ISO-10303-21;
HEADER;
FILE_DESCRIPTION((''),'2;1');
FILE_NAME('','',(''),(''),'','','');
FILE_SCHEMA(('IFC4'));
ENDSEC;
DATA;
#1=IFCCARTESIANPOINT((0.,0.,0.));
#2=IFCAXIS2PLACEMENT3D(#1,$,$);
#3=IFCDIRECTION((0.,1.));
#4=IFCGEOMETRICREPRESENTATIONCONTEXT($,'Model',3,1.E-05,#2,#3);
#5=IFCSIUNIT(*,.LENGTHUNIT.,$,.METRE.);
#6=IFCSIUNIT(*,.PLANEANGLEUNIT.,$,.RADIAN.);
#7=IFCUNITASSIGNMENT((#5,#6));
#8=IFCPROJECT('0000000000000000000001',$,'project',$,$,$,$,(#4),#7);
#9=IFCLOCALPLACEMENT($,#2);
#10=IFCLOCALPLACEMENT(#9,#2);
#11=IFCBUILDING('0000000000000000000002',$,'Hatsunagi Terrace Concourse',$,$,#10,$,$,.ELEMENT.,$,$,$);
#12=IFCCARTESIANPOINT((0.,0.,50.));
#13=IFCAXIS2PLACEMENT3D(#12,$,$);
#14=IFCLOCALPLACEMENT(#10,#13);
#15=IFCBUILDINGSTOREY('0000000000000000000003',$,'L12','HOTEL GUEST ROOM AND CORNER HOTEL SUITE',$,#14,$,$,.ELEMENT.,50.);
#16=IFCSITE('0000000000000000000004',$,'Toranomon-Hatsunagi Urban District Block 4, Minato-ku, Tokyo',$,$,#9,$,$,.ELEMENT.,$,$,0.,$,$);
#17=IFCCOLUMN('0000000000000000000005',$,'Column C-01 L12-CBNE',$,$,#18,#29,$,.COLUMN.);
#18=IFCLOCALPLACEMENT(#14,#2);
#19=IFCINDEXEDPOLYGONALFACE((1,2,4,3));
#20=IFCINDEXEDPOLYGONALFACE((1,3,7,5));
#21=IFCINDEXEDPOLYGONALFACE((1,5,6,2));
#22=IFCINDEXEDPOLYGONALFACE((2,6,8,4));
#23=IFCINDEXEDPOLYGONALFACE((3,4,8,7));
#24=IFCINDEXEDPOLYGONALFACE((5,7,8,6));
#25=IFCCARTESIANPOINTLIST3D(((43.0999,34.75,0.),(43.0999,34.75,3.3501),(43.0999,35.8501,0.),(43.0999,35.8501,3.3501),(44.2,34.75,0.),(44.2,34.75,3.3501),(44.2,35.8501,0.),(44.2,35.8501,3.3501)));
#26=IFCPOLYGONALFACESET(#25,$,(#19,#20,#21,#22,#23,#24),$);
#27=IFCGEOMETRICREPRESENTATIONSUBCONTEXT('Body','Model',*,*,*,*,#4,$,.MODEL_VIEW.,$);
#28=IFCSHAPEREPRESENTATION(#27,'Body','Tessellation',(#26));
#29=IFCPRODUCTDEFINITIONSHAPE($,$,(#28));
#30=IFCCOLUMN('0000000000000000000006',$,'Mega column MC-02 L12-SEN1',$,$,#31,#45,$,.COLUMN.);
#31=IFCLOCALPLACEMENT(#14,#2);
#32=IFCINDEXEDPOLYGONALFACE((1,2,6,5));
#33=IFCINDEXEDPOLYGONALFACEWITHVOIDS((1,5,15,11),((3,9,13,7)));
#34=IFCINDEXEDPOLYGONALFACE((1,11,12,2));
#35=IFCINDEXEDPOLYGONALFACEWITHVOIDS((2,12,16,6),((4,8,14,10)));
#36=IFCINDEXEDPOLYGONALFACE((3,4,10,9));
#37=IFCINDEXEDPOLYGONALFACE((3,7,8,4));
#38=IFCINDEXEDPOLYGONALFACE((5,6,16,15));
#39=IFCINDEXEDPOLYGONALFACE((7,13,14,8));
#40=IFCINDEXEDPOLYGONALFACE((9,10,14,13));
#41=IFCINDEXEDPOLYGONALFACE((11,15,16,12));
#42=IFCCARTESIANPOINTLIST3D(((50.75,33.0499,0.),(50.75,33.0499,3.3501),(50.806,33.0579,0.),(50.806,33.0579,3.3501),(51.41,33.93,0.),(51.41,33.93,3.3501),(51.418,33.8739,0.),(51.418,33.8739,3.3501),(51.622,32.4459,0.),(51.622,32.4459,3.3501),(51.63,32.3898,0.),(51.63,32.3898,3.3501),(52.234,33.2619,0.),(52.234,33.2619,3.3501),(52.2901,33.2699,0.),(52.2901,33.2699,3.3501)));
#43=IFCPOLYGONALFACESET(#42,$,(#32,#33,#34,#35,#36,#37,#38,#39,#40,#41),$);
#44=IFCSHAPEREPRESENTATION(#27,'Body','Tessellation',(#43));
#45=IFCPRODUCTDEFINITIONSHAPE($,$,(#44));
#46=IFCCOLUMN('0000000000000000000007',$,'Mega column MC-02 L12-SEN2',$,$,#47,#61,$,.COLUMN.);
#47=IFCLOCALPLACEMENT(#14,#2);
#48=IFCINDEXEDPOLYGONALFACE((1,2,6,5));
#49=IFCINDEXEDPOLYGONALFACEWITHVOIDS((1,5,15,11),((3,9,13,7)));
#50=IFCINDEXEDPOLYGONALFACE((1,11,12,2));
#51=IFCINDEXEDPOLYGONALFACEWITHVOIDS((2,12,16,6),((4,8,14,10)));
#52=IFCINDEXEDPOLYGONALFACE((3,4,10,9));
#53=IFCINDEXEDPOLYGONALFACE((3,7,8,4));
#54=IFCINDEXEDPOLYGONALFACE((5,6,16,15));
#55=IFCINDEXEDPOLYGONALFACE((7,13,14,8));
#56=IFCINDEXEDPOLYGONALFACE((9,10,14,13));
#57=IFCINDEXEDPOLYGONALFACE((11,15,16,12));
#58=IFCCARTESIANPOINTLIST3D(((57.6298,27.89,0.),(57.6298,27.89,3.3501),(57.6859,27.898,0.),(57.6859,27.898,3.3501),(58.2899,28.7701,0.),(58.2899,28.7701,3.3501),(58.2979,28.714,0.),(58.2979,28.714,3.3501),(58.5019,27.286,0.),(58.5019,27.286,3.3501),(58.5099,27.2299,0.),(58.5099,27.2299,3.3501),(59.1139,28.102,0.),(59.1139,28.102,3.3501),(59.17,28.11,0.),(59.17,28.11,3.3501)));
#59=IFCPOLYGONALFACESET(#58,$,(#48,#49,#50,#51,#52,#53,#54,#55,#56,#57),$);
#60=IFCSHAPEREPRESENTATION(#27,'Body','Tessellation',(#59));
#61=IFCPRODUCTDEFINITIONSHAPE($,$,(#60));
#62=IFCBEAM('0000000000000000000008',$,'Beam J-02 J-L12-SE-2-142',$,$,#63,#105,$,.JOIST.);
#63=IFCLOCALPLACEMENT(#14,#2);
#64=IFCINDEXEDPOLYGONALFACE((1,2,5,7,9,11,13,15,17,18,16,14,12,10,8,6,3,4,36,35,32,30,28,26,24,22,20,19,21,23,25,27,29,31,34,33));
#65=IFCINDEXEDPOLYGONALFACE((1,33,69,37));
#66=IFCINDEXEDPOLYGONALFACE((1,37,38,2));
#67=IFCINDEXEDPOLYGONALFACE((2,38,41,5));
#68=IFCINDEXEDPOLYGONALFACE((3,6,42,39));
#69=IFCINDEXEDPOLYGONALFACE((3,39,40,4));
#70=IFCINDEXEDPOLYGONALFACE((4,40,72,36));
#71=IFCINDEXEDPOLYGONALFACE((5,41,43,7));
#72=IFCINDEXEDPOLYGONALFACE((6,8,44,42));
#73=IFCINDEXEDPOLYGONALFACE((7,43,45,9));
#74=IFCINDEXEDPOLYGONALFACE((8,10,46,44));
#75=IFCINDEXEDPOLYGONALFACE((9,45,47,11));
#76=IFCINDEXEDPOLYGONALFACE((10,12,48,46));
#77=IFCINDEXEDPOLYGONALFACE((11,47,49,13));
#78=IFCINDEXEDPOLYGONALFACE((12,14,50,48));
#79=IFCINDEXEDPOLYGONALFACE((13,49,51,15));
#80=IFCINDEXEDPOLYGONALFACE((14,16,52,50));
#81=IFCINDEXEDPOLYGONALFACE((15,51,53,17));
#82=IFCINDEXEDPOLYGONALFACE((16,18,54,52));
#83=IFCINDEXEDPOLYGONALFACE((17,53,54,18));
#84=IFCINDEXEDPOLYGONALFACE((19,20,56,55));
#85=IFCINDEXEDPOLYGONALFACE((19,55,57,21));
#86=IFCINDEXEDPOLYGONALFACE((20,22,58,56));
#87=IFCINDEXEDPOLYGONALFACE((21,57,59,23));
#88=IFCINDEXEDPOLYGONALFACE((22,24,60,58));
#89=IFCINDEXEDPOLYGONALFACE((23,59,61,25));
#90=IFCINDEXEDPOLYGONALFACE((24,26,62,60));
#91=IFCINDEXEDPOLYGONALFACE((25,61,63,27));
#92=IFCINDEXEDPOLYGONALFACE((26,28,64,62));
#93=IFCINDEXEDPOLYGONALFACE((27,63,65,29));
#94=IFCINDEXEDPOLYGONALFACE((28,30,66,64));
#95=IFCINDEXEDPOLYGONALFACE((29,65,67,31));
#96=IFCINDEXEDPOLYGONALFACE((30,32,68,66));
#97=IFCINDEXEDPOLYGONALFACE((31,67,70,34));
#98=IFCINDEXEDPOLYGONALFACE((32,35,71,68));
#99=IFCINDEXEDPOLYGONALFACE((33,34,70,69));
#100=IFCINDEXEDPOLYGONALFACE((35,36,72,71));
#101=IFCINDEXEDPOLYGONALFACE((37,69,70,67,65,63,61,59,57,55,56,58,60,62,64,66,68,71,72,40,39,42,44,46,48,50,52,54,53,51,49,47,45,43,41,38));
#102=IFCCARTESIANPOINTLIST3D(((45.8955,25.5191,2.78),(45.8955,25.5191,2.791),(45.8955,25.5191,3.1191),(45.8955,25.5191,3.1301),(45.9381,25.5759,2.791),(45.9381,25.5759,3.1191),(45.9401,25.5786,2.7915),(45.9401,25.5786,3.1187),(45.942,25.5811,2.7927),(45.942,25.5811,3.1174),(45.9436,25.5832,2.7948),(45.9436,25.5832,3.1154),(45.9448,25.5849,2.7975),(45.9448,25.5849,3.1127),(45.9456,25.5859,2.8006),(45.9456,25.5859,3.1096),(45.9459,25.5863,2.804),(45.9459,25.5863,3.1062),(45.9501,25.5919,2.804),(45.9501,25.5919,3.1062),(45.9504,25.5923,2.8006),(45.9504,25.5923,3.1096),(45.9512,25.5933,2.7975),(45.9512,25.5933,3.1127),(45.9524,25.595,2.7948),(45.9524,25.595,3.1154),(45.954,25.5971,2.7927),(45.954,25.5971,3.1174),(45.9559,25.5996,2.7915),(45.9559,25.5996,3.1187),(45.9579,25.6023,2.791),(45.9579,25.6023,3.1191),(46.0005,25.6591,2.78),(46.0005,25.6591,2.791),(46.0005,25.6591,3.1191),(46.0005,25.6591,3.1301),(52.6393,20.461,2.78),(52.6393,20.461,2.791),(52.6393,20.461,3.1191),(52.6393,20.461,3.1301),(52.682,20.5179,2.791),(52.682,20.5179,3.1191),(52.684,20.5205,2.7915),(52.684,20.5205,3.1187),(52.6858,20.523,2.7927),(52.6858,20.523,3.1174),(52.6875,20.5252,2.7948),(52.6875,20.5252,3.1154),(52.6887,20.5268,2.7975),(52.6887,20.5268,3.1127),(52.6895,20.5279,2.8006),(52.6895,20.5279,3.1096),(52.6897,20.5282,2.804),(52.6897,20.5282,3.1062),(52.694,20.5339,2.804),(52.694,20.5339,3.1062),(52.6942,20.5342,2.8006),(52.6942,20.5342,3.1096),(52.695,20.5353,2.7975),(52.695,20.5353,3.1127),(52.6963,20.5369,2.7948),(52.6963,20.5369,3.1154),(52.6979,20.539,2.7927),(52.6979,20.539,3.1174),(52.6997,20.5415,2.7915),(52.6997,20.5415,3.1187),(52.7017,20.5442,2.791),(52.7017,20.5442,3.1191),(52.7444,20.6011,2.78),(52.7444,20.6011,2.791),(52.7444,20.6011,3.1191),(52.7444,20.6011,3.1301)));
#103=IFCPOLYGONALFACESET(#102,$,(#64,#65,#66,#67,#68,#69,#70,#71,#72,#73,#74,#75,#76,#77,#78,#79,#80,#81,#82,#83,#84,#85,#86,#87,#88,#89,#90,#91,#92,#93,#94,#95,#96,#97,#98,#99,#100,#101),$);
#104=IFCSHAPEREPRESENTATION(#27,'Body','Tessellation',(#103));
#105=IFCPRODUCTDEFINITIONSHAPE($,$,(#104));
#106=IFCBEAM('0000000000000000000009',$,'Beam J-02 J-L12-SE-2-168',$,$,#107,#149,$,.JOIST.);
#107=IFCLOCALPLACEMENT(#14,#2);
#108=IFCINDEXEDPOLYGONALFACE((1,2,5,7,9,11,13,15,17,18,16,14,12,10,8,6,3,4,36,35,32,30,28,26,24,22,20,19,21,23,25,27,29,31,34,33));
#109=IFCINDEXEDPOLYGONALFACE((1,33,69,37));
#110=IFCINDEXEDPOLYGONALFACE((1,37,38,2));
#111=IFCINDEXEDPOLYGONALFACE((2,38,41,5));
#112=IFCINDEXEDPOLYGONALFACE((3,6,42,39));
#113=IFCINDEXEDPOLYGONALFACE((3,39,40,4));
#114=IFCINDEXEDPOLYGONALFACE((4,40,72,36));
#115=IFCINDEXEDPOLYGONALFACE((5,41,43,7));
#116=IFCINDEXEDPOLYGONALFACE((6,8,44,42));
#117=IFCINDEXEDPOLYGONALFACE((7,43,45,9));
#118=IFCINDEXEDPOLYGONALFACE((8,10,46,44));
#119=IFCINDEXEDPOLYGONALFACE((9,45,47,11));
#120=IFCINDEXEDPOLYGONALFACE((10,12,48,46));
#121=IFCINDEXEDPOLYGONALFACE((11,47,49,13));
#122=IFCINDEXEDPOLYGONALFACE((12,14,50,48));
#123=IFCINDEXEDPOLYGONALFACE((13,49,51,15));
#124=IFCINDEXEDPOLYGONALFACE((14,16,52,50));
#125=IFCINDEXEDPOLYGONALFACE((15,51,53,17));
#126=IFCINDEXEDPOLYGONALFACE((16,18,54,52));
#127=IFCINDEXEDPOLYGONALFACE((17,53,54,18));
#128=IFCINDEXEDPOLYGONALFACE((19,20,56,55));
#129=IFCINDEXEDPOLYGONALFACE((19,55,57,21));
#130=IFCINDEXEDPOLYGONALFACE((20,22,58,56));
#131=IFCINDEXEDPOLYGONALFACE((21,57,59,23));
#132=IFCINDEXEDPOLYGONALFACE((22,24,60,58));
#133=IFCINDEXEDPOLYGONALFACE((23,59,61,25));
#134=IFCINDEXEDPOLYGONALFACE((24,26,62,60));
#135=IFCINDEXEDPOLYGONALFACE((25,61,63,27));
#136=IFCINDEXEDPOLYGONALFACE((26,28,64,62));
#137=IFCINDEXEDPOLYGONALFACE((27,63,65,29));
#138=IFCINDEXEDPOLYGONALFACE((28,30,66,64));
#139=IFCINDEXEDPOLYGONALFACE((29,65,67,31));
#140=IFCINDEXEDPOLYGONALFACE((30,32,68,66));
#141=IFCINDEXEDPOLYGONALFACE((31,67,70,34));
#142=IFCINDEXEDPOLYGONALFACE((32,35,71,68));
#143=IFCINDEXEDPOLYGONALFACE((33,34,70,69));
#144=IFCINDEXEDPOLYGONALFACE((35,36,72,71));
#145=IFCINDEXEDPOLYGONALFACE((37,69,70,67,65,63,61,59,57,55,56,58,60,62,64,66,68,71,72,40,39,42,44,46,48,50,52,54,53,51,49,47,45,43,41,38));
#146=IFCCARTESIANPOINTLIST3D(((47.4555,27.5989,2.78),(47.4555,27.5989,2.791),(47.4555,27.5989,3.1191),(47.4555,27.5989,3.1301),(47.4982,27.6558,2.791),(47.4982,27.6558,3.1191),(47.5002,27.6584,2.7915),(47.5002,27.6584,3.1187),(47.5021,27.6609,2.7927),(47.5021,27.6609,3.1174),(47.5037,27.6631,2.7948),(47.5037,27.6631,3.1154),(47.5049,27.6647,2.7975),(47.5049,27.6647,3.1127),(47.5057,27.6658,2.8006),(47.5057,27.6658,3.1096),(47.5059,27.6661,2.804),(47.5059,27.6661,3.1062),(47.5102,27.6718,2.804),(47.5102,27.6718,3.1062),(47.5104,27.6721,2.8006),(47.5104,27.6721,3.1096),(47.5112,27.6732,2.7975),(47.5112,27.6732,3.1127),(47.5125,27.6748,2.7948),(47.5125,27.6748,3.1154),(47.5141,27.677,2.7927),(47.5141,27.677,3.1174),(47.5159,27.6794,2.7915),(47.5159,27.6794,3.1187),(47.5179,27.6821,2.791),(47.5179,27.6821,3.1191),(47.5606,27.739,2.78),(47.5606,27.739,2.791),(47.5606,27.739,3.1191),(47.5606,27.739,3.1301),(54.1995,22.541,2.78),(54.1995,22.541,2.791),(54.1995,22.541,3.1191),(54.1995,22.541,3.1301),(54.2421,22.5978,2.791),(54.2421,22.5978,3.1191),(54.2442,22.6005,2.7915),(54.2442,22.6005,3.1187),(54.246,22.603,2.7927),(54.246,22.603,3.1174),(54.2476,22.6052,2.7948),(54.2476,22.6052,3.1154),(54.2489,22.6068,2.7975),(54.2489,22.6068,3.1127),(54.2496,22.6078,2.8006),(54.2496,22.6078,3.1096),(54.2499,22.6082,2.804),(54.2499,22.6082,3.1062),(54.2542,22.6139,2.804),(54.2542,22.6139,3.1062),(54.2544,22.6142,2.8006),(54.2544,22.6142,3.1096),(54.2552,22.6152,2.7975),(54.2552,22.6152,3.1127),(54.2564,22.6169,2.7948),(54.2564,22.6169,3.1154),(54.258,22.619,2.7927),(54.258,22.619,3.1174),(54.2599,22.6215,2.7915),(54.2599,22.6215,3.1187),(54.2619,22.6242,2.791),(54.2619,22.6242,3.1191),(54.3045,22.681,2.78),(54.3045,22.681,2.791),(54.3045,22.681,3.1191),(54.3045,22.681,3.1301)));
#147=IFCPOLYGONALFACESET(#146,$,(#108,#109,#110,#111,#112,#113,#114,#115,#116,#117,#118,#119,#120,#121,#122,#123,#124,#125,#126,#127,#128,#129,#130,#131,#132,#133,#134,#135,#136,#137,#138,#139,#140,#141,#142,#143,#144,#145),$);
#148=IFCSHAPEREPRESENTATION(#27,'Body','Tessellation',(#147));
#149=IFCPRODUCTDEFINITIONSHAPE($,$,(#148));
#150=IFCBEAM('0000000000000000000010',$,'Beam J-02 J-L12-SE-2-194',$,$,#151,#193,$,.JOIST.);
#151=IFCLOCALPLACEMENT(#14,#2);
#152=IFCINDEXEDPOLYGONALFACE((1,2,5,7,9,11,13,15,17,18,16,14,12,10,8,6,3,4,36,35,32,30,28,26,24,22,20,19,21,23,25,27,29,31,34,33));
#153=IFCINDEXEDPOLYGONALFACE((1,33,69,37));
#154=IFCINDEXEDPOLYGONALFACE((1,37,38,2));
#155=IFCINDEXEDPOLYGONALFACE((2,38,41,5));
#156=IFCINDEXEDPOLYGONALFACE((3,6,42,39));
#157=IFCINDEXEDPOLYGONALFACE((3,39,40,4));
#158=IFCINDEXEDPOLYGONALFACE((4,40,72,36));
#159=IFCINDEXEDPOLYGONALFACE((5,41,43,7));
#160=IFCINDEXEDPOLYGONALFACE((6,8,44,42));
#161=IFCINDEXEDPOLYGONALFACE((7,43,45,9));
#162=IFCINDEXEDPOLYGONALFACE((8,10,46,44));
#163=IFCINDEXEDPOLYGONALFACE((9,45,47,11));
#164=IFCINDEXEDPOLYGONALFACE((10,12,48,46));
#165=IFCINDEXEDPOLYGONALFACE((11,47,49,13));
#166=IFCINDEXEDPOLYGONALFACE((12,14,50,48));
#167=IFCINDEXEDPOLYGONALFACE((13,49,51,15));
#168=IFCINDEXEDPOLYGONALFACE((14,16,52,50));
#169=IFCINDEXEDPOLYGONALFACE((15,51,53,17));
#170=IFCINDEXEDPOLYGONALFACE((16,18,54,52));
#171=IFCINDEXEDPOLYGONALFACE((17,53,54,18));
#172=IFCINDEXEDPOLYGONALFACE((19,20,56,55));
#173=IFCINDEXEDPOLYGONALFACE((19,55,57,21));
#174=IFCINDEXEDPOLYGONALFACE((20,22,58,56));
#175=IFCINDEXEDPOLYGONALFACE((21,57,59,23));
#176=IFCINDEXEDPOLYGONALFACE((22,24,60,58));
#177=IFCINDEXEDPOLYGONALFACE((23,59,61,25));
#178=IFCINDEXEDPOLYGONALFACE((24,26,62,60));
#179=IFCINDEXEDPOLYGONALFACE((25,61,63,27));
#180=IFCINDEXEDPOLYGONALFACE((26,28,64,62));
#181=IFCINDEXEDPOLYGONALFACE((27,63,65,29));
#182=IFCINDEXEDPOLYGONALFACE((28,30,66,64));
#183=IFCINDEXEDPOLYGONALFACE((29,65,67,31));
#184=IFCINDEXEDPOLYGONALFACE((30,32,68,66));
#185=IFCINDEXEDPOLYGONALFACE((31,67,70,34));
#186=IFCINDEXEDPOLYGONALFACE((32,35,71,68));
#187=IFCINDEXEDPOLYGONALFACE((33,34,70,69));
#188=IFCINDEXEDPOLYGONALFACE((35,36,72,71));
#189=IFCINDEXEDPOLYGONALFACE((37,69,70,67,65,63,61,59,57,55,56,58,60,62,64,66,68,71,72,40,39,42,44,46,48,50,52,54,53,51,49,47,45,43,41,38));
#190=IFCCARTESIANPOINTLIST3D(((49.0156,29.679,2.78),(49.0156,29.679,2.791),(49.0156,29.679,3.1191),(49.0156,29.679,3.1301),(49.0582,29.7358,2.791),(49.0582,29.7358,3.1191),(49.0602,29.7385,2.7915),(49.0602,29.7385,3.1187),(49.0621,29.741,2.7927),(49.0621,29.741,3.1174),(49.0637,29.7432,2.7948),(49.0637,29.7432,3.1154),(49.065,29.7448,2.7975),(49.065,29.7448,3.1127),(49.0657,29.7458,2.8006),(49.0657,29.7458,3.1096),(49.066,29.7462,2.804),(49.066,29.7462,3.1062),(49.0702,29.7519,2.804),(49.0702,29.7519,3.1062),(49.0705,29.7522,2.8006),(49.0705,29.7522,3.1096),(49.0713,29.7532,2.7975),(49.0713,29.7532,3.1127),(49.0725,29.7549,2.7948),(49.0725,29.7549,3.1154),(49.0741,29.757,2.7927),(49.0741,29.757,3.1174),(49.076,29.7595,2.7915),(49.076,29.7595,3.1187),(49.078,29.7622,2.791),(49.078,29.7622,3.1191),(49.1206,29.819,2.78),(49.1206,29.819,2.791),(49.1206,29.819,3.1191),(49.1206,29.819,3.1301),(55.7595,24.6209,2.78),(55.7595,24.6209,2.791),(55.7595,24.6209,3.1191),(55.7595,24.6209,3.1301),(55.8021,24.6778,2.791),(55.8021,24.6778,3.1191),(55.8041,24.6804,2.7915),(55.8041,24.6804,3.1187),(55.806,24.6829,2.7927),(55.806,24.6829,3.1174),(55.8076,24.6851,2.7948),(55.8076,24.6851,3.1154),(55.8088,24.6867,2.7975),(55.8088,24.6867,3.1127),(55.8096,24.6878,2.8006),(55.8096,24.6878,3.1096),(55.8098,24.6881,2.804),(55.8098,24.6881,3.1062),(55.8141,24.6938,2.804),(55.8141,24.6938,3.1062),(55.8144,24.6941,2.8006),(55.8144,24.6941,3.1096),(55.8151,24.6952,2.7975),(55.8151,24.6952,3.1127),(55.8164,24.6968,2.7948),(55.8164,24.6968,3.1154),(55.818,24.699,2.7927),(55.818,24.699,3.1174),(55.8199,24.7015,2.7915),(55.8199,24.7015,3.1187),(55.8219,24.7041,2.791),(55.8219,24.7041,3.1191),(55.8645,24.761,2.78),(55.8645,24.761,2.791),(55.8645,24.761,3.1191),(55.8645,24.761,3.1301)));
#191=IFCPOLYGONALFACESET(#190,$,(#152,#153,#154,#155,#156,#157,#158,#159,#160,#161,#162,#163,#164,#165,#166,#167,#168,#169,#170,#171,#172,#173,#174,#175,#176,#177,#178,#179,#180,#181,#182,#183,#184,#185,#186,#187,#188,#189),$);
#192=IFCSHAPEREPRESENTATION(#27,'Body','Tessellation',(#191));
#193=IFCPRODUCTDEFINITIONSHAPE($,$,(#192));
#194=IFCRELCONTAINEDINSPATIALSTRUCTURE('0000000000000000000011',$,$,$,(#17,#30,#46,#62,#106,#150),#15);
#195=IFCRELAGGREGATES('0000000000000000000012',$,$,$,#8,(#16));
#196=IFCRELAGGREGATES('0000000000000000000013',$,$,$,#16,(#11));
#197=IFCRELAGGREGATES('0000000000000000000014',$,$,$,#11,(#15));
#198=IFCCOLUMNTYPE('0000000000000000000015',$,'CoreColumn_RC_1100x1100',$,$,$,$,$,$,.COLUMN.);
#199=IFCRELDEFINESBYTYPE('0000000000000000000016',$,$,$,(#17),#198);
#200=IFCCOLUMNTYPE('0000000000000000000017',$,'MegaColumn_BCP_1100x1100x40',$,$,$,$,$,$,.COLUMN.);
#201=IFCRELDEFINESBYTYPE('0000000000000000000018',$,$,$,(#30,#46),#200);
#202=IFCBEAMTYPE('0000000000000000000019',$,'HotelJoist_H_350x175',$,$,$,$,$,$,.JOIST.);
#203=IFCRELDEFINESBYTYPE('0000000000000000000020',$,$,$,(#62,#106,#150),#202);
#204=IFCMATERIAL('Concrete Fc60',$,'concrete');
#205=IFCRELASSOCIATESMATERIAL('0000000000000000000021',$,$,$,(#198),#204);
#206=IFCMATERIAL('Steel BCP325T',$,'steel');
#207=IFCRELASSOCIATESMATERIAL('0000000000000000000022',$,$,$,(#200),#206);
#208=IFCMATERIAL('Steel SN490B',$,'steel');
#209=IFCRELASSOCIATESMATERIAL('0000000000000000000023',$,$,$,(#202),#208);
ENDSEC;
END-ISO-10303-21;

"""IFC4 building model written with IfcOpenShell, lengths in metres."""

from ifc_helpers import new_model, si_unit, direction, frame, origin, origin_2d, place, context, subcontext, project, spatial, rectangle, hollow_rectangle, i_section, extrude, material, material_profile, profile_set, type_object, element, save


model = new_model("IFC4")

# Units and contexts
model_context = context("Model", 3, precision=1e-05, world=origin(), true_north=direction((0.0, 1.0)))
body_context = subcontext(model_context, "Body", "Model", "MODEL_VIEW")
ifc_project = project(units=[si_unit("LENGTHUNIT", "METRE"), si_unit("PLANEANGLEUNIT", "RADIAN")], contexts=[model_context])

# Site, building, storey
site_placement = place(None, origin())
site = spatial("IfcSite", under=ifc_project, at=site_placement, Name="Toranomon-Hatsunagi Urban District Block 4, Minato-ku, Tokyo", CompositionType="ELEMENT", RefElevation=0.0)
building_placement = place(site_placement, origin())
building = spatial("IfcBuilding", under=site, at=building_placement, Name="Hatsunagi Terrace Concourse", CompositionType="ELEMENT")
storey_placement = place(building_placement, frame((0.0, 0.0, 50.0)))
storey = spatial("IfcBuildingStorey", under=building, at=storey_placement, Name="L12", Description="HOTEL GUEST ROOM AND CORNER HOTEL SUITE", CompositionType="ELEMENT", Elevation=50.0)

# Columns
ifc_material_1 = material(Name="Concrete Fc60", Category="concrete")
ifc_material_profile_1 = material_profile(ifc_material_1, rectangle(XDim=1.1001, YDim=1.1001, at=origin_2d()), Name="RC-1100x1100")
ifc_profile_set_1 = profile_set([ifc_material_profile_1], Name="Concrete Fc60")
column_type_1 = type_object("IfcColumnType", Name="CoreColumn_RC_1100x1100", PredefinedType="COLUMN", material=ifc_profile_set_1)
column_placement = place(storey_placement, frame((43.6499, 35.3, 0.0), z_axis=(0.0, 0.0, 1.0), x_axis=(1.0, 0.0, 0.0)))
element("IfcColumn", 1, at=column_placement, inside=storey, type_object=column_type_1, Name="Column C-01 L12-CBNE", PredefinedType="COLUMN", context=body_context, shape_type="SweptSolid", body=[
    extrude(rectangle(XDim=1.1001, YDim=1.1001, at=origin_2d()), origin(), (0.0, 0.0, 1.0), 3.3501),
])
ifc_material_2 = material(Name="Steel BCP325T", Category="steel")
ifc_material_profile_2 = material_profile(ifc_material_2, hollow_rectangle(XDim=1.1001, YDim=1.1001, WallThickness=0.04, at=origin_2d()), Name="BCP-1100x1100x40")
ifc_profile_set_2 = profile_set([ifc_material_profile_2], Name="Steel BCP325T")
column_type_2 = type_object("IfcColumnType", Name="MegaColumn_BCP_1100x1100x40", PredefinedType="COLUMN", material=ifc_profile_set_2)
for number, where, z_axis, x_axis, name in (
    (2, (51.52, 33.1599, 0.0), (0.0, 0.0, 1.0), (0.8, -0.6, 0.0), "Mega column MC-02 L12-SEN1"),
    (3, (58.3999, 28.0, 0.0), (0.0, 0.0, 1.0), (0.8, -0.6, 0.0), "Mega column MC-02 L12-SEN2"),
):
    element("IfcColumn", number, at=place(storey_placement, frame(where, z_axis=z_axis, x_axis=x_axis)), inside=storey, type_object=column_type_2, Name=name, PredefinedType="COLUMN", context=body_context, shape_type="SweptSolid", body=[
        extrude(hollow_rectangle(XDim=1.1001, YDim=1.1001, WallThickness=0.04, at=origin_2d()), origin(), (0.0, 0.0, 1.0), 3.3501),
    ])

# Beams
ifc_material_3 = material(Name="Steel SN490B", Category="steel")
ifc_material_profile_3 = material_profile(ifc_material_3, i_section(OverallWidth=0.175, OverallDepth=0.3501, WebThickness=0.0071, FlangeThickness=0.011, FilletRadius=0.0129, at=origin_2d()), Name="H-350x175x7x11")
ifc_profile_set_3 = profile_set([ifc_material_profile_3], Name="Steel SN490B")
beam_type_1 = type_object("IfcBeamType", Name="HotelJoist_H_350x175", PredefinedType="JOIST", material=ifc_profile_set_3)
for number, where, z_axis, x_axis, name in (
    (4, (45.948, 25.5891, 2.9551), (0.79999, -0.600014, 0.0), (0.600014, 0.79999, 0.0), "Beam J-02 J-L12-SE-2-142"),
    (5, (47.5081, 27.6689, 2.9551), (0.800003, -0.599995, 0.0), (0.599995, 0.800003, 0.0), "Beam J-02 J-L12-SE-2-168"),
    (6, (49.0681, 29.749, 2.9551), (0.79999, -0.600014, 0.0), (0.600014, 0.79999, 0.0), "Beam J-02 J-L12-SE-2-194"),
):
    element("IfcBeam", number, at=place(storey_placement, frame(where, z_axis=z_axis, x_axis=x_axis)), inside=storey, type_object=beam_type_1, Name=name, PredefinedType="JOIST", context=body_context, shape_type="SweptSolid", body=[
        extrude(i_section(OverallWidth=0.175, OverallDepth=0.3501, WebThickness=0.0071, FlangeThickness=0.011, FilletRadius=0.0129, at=origin_2d()), origin(), (0.0, 0.0, 1.0), 8.4299),
    ])

save(model, "model.ifc")
